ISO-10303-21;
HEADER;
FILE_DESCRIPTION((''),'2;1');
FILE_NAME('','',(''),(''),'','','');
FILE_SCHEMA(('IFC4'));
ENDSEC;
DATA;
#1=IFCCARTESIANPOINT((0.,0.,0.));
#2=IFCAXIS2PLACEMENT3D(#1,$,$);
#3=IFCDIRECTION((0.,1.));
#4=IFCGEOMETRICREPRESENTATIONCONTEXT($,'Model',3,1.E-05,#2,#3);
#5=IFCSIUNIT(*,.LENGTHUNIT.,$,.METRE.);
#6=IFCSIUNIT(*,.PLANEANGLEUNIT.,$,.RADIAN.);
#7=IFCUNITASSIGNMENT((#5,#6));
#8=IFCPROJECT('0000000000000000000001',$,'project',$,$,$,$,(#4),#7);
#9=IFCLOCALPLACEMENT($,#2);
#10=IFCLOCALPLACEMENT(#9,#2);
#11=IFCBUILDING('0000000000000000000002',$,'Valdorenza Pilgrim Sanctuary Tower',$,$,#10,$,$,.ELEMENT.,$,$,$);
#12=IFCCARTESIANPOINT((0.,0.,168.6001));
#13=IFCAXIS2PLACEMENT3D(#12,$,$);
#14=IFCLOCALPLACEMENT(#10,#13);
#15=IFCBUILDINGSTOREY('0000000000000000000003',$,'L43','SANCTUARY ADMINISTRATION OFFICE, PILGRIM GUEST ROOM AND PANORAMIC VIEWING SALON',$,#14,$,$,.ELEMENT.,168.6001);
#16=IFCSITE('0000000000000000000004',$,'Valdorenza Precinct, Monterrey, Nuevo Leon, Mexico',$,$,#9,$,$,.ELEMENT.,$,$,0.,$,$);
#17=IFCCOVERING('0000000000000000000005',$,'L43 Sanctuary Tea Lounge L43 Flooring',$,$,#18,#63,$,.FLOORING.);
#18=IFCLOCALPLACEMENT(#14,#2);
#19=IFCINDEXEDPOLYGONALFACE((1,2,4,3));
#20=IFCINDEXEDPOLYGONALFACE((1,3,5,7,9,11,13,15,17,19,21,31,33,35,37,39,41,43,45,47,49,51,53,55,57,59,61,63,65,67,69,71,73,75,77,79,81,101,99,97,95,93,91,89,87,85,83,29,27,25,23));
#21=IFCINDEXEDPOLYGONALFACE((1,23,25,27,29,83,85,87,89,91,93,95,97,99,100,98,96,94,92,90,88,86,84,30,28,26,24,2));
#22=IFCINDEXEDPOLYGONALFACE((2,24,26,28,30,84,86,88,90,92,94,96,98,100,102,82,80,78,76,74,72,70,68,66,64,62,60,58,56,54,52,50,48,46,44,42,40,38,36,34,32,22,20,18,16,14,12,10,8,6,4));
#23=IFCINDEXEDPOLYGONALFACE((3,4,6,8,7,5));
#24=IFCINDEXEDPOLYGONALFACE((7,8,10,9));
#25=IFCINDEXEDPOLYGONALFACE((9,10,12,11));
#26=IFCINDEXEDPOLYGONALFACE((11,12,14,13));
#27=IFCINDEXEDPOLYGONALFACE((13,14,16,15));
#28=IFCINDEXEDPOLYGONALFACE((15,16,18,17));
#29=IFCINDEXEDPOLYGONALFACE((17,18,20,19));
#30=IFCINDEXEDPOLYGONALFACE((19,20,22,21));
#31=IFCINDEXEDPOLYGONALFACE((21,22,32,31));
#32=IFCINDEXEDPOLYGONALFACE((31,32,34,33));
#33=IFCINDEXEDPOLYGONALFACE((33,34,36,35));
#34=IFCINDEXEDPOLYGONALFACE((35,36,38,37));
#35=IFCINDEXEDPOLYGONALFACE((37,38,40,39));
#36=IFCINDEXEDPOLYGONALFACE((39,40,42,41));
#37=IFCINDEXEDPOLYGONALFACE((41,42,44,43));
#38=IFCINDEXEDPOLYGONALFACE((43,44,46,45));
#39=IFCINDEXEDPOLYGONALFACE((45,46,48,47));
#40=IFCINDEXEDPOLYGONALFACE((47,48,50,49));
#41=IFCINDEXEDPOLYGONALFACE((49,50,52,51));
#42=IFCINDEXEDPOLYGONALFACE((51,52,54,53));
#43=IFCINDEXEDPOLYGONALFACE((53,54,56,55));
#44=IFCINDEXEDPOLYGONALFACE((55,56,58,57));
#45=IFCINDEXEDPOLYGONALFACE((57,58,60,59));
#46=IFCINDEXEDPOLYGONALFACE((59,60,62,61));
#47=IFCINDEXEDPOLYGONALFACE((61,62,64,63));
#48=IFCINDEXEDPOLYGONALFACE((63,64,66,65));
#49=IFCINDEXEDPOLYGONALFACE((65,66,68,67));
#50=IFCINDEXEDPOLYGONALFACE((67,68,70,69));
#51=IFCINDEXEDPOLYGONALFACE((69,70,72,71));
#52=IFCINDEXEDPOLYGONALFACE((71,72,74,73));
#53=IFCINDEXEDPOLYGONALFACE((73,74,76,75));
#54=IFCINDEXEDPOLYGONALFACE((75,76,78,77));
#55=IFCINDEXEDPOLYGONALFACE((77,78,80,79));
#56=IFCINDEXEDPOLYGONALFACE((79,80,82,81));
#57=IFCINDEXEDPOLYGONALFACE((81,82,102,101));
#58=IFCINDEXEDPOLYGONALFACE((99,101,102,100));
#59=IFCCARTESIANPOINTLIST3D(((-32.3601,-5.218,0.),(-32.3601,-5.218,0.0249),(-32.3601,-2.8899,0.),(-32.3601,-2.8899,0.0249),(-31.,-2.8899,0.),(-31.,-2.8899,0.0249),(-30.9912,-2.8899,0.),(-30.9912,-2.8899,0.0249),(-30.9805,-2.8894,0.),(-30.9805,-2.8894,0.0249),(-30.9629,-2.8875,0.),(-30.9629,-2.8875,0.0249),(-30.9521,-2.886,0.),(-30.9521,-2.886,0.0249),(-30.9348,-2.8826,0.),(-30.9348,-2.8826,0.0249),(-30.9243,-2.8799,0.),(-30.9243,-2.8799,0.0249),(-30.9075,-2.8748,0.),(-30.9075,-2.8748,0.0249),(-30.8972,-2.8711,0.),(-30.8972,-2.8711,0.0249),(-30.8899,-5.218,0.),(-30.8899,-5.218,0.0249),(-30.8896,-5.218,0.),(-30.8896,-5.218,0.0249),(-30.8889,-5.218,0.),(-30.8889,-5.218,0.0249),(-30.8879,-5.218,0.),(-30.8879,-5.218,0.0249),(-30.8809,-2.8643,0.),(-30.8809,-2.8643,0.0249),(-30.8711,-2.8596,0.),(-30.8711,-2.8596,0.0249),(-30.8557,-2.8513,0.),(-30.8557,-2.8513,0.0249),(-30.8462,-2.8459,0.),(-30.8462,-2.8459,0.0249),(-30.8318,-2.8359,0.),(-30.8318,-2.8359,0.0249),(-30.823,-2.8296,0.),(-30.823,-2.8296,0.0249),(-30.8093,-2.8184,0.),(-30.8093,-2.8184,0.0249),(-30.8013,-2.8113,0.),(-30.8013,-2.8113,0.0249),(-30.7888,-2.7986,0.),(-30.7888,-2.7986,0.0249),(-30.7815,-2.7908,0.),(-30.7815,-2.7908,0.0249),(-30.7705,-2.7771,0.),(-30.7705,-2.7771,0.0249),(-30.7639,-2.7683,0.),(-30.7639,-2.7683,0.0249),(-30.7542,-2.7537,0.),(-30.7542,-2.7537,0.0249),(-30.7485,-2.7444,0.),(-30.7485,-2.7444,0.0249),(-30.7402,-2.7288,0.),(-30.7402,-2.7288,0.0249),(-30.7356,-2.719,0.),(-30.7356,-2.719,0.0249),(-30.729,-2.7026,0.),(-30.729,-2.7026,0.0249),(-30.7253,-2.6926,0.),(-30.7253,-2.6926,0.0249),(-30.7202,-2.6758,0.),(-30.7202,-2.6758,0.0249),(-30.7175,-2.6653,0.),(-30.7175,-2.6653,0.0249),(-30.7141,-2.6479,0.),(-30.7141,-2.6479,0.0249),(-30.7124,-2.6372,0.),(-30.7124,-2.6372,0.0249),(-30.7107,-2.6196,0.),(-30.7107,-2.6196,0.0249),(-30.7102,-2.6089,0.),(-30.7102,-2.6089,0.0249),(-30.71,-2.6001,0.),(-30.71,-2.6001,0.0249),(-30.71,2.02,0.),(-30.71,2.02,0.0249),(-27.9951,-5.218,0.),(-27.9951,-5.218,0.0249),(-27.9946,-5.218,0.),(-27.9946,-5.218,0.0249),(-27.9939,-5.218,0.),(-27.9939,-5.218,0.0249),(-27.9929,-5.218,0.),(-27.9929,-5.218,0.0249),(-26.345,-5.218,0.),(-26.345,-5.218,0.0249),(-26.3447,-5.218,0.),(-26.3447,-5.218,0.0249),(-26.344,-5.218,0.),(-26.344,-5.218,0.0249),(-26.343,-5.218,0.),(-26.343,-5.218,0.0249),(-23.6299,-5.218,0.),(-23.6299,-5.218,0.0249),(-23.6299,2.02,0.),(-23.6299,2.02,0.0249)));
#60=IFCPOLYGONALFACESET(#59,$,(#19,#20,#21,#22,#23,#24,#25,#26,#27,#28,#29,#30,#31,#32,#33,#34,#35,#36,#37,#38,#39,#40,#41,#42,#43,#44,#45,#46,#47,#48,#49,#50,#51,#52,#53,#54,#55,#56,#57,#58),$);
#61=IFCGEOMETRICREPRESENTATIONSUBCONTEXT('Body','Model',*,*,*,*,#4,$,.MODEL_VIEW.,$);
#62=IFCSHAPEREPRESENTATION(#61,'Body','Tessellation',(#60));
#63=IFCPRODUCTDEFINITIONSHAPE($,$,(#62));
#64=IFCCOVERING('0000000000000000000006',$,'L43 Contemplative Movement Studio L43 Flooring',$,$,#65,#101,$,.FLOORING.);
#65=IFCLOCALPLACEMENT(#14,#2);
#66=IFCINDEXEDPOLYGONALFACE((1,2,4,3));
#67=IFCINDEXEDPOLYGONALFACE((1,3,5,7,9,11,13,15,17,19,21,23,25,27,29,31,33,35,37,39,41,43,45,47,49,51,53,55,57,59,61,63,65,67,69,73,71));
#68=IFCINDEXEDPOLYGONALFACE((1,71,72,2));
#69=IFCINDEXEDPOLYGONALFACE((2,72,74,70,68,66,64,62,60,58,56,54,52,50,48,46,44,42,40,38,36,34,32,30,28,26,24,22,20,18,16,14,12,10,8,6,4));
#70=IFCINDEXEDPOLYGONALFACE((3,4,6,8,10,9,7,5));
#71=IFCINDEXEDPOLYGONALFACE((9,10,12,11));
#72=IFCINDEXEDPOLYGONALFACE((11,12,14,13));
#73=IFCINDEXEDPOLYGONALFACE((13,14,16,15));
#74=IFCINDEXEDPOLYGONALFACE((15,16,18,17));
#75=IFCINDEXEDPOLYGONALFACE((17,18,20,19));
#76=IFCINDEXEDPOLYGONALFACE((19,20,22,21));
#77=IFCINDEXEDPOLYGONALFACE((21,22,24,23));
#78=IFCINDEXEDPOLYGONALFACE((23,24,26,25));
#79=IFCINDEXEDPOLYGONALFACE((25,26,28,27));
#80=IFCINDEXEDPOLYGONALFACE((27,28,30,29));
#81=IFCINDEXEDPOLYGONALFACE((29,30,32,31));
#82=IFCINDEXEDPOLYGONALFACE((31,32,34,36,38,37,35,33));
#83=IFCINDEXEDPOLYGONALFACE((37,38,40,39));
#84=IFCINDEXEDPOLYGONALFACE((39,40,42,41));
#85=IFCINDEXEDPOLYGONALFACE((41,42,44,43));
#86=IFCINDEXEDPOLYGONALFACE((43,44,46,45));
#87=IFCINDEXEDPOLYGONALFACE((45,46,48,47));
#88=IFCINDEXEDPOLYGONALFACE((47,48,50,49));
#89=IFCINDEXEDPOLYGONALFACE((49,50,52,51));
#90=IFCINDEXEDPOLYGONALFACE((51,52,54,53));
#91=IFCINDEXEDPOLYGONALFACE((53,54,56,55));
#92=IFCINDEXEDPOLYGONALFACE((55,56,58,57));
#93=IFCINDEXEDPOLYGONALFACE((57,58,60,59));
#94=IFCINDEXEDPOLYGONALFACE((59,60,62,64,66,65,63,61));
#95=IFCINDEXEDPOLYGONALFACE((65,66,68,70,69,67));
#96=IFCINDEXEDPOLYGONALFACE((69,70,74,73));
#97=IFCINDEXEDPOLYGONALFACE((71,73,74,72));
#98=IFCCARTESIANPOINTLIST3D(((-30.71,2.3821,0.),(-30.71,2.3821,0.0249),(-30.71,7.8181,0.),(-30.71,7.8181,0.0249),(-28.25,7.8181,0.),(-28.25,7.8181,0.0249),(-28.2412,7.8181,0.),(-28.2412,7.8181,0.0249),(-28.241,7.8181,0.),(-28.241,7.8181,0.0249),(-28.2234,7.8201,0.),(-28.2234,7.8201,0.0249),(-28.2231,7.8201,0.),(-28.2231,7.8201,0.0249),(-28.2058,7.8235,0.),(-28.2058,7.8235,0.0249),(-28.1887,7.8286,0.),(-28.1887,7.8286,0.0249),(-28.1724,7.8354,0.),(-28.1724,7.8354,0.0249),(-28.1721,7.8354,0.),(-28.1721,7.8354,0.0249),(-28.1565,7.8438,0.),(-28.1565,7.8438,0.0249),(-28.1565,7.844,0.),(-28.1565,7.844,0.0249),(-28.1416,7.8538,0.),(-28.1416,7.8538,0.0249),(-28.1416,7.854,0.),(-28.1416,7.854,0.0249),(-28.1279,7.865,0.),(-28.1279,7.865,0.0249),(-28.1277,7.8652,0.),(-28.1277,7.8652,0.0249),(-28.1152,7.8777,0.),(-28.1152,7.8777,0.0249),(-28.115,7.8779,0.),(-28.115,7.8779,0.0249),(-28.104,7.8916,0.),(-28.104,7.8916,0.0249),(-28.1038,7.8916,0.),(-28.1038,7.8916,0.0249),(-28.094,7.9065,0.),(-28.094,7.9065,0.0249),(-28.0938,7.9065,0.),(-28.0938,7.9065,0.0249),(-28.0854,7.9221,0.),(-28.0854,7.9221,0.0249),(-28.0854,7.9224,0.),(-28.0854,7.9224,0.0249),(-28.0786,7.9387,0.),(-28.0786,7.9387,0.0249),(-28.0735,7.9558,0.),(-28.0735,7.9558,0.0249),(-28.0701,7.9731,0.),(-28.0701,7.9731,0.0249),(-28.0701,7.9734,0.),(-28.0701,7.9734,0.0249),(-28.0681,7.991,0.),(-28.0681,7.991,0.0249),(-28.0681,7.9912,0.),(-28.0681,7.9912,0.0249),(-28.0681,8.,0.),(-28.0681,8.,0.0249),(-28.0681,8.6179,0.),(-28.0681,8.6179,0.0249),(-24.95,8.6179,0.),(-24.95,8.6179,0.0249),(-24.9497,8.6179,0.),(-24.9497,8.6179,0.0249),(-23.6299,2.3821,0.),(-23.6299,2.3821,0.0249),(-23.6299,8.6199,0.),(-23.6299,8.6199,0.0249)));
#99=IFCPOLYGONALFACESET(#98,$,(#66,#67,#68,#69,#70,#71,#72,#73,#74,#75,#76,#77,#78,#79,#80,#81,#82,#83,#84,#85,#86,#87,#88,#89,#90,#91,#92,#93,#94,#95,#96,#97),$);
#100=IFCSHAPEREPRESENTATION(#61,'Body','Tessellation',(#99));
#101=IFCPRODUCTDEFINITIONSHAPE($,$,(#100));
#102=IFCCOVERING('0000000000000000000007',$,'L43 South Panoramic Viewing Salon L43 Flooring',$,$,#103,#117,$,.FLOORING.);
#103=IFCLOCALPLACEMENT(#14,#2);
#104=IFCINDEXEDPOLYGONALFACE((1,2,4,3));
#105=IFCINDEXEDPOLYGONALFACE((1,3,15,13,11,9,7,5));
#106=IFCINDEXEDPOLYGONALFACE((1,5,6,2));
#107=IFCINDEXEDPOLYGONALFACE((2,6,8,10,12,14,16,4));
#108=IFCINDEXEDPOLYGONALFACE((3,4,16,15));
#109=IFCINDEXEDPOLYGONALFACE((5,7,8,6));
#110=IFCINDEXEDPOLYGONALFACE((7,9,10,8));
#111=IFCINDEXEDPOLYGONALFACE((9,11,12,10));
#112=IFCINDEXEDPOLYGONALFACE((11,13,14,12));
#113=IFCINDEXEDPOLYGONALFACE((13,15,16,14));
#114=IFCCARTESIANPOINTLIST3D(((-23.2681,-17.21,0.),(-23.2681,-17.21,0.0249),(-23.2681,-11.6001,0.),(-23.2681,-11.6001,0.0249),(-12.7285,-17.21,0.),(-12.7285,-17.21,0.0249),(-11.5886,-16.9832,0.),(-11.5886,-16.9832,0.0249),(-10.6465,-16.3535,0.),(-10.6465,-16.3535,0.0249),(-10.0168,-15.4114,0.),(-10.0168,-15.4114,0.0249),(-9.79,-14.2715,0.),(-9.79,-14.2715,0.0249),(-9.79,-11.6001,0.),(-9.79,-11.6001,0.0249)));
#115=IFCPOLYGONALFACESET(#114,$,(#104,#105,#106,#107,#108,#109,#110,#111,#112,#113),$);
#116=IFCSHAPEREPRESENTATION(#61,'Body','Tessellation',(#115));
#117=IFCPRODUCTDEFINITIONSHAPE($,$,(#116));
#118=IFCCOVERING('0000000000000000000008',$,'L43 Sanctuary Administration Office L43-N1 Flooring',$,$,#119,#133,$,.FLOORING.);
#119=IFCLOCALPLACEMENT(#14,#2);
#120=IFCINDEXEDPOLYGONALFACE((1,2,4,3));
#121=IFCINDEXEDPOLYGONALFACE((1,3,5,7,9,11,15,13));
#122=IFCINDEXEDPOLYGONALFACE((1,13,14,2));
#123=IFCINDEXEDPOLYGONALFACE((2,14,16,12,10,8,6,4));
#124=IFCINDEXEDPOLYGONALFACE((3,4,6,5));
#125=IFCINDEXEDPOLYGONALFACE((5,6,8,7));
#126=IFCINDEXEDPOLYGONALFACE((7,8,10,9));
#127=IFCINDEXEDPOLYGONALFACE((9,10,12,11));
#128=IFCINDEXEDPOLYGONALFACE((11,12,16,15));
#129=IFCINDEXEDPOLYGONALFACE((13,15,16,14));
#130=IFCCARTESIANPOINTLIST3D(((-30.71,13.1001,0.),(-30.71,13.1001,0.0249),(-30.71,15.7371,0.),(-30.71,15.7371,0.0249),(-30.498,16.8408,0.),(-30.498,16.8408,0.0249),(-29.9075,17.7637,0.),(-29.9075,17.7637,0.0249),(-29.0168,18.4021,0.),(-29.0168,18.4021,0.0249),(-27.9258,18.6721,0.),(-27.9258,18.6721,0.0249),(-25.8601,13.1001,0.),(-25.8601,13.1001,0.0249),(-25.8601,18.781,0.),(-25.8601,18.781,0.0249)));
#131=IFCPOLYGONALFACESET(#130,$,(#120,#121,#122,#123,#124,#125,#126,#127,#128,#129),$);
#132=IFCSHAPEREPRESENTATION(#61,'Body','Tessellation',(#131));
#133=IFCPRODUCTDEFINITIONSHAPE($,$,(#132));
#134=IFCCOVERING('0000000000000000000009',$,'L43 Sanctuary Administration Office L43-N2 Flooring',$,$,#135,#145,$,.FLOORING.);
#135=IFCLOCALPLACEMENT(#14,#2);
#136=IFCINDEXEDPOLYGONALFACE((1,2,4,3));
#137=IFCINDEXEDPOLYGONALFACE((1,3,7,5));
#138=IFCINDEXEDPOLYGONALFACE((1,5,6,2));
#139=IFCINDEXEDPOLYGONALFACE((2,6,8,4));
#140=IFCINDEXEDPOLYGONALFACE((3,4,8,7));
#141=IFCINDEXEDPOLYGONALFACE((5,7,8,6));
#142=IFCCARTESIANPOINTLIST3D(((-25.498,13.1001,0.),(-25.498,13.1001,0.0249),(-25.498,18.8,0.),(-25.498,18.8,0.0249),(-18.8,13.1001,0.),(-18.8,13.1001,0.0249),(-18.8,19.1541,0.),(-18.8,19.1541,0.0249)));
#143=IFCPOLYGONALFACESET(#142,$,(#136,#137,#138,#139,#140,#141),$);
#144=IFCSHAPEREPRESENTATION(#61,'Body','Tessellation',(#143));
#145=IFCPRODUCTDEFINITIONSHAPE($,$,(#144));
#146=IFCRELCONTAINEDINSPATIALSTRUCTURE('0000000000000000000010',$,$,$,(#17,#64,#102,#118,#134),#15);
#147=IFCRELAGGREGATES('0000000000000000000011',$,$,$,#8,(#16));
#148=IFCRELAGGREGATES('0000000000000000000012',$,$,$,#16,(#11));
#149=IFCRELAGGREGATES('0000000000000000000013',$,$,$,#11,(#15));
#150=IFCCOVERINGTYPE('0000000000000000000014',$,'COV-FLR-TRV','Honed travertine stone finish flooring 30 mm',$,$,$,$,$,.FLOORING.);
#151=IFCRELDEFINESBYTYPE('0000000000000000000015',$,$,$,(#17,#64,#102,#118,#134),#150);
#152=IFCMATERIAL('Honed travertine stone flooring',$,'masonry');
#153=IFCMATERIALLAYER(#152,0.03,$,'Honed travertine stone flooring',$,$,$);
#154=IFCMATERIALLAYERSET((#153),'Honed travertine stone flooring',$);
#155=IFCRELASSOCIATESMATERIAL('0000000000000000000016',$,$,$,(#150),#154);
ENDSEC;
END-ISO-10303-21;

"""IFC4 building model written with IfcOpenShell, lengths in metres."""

from ifc_helpers import new_model, si_unit, direction, frame, origin, place, context, subcontext, project, spatial, polyline, outline, extrude, material, layer, layer_set, type_object, element, save


model = new_model("IFC4")

# Units and contexts
model_context = context("Model", 3, precision=1e-05, world=origin(), true_north=direction((0.0, 1.0)))
body_context = subcontext(model_context, "Body", "Model", "MODEL_VIEW")
ifc_project = project(units=[si_unit("LENGTHUNIT", "METRE"), si_unit("PLANEANGLEUNIT", "RADIAN")], contexts=[model_context])

# Site, building, storey
site_placement = place(None, origin())
site = spatial("IfcSite", under=ifc_project, at=site_placement, Name="Valdorenza Precinct, Monterrey, Nuevo Leon, Mexico", CompositionType="ELEMENT", RefElevation=0.0)
building_placement = place(site_placement, origin())
building = spatial("IfcBuilding", under=site, at=building_placement, Name="Valdorenza Pilgrim Sanctuary Tower", CompositionType="ELEMENT")
storey_placement = place(building_placement, frame((0.0, 0.0, 168.6001)))
storey = spatial("IfcBuildingStorey", under=building, at=storey_placement, Name="L43", Description="SANCTUARY ADMINISTRATION OFFICE, PILGRIM GUEST ROOM AND PANORAMIC VIEWING SALON", CompositionType="ELEMENT", Elevation=168.6001)

# Coverings
ifc_material_1 = material(Name="Honed travertine stone flooring", Category="masonry")
ifc_layer_1 = layer(ifc_material_1, 0.03, Name="Honed travertine stone flooring")
ifc_layer_set_1 = layer_set([ifc_layer_1], Name="Honed travertine stone flooring")
covering_type_1 = type_object("IfcCoveringType", Name="COV-FLR-TRV", Description="Honed travertine stone finish flooring 30 mm", PredefinedType="FLOORING", material=ifc_layer_set_1)
covering_1_placement = place(storey_placement, origin())
element("IfcCovering", 1, at=covering_1_placement, inside=storey, type_object=covering_type_1, Name="L43 Sanctuary Tea Lounge L43 Flooring", PredefinedType="FLOORING", context=body_context, shape_type="SweptSolid", body=[
    extrude(outline(polyline([(-30.8896, -5.218), (-30.8899, -5.218), (-32.3601, -5.218), (-32.3601, -2.8899), (-31.0, -2.8899), (-30.9912, -2.8899), (-30.9805, -2.8894), (-30.9629, -2.8875), (-30.9521, -2.886), (-30.9348, -2.8826), (-30.9243, -2.8799), (-30.9075, -2.8748), (-30.8972, -2.8711), (-30.8809, -2.8643), (-30.8711, -2.8596), (-30.8557, -2.8513), (-30.8462, -2.8459), (-30.8318, -2.8359), (-30.823, -2.8296), (-30.8093, -2.8184), (-30.8013, -2.8113), (-30.7888, -2.7986), (-30.7815, -2.7908), (-30.7705, -2.7771), (-30.7639, -2.7683), (-30.7542, -2.7537), (-30.7485, -2.7444), (-30.7402, -2.7288), (-30.7356, -2.719), (-30.729, -2.7026), (-30.7253, -2.6926), (-30.7202, -2.6758), (-30.7175, -2.6653), (-30.7141, -2.6479), (-30.7124, -2.6372), (-30.7107, -2.6196), (-30.7102, -2.6089), (-30.71, -2.6001), (-30.71, 2.02), (-23.6299, 2.02), (-23.6299, -5.218), (-26.343, -5.218), (-26.344, -5.218), (-26.3447, -5.218), (-26.345, -5.218), (-27.9929, -5.218), (-27.9939, -5.218), (-27.9946, -5.218), (-27.9951, -5.218), (-30.8879, -5.218), (-30.8889, -5.218), (-30.8896, -5.218)])), origin(), (0.0, 0.0, 1.0), 0.0249),
])
covering_2_placement = place(storey_placement, origin())
element("IfcCovering", 2, at=covering_2_placement, inside=storey, type_object=covering_type_1, Name="L43 Contemplative Movement Studio L43 Flooring", PredefinedType="FLOORING", context=body_context, shape_type="SweptSolid", body=[
    extrude(outline(polyline([(-23.6299, 8.6199), (-23.6299, 2.3821), (-30.71, 2.3821), (-30.71, 7.8181), (-28.25, 7.8181), (-28.2412, 7.8181), (-28.241, 7.8181), (-28.2234, 7.8201), (-28.2231, 7.8201), (-28.2058, 7.8235), (-28.2058, 7.8235), (-28.1887, 7.8286), (-28.1887, 7.8286), (-28.1724, 7.8354), (-28.1721, 7.8354), (-28.1565, 7.8438), (-28.1565, 7.844), (-28.1416, 7.8538), (-28.1416, 7.854), (-28.1279, 7.865), (-28.1277, 7.8652), (-28.1152, 7.8777), (-28.115, 7.8779), (-28.104, 7.8916), (-28.1038, 7.8916), (-28.094, 7.9065), (-28.0938, 7.9065), (-28.0854, 7.9221), (-28.0854, 7.9224), (-28.0786, 7.9387), (-28.0786, 7.9387), (-28.0735, 7.9558), (-28.0735, 7.9558), (-28.0701, 7.9731), (-28.0701, 7.9734), (-28.0681, 7.991), (-28.0681, 7.9912), (-28.0681, 8.0), (-28.0681, 8.6179), (-24.95, 8.6179), (-24.9497, 8.6179), (-23.6299, 8.6199)])), origin(), (0.0, 0.0, 1.0), 0.0249),
])
covering_3_placement = place(storey_placement, origin())
element("IfcCovering", 3, at=covering_3_placement, inside=storey, type_object=covering_type_1, Name="L43 South Panoramic Viewing Salon L43 Flooring", PredefinedType="FLOORING", context=body_context, shape_type="SweptSolid", body=[
    extrude(outline(polyline([(-9.79, -11.6001), (-9.79, -14.2715), (-10.0168, -15.4114), (-10.6465, -16.3535), (-11.5886, -16.9832), (-12.7285, -17.21), (-23.2681, -17.21), (-23.2681, -11.6001), (-9.79, -11.6001)])), origin(), (0.0, 0.0, 1.0), 0.0249),
])
covering_4_placement = place(storey_placement, origin())
element("IfcCovering", 4, at=covering_4_placement, inside=storey, type_object=covering_type_1, Name="L43 Sanctuary Administration Office L43-N1 Flooring", PredefinedType="FLOORING", context=body_context, shape_type="SweptSolid", body=[
    extrude(outline(polyline([(-30.71, 13.1001), (-30.71, 15.7371), (-30.498, 16.8408), (-29.9075, 17.7637), (-29.0168, 18.4021), (-27.9258, 18.6721), (-25.8601, 18.781), (-25.8601, 13.1001), (-30.71, 13.1001)])), origin(), (0.0, 0.0, 1.0), 0.0249),
])
covering_5_placement = place(storey_placement, origin())
element("IfcCovering", 5, at=covering_5_placement, inside=storey, type_object=covering_type_1, Name="L43 Sanctuary Administration Office L43-N2 Flooring", PredefinedType="FLOORING", context=body_context, shape_type="SweptSolid", body=[
    extrude(outline(polyline([(-25.498, 13.1001), (-25.498, 18.8), (-18.8, 19.1541), (-18.8, 13.1001), (-25.498, 13.1001)])), origin(), (0.0, 0.0, 1.0), 0.0249),
])

save(model, "model.ifc")
